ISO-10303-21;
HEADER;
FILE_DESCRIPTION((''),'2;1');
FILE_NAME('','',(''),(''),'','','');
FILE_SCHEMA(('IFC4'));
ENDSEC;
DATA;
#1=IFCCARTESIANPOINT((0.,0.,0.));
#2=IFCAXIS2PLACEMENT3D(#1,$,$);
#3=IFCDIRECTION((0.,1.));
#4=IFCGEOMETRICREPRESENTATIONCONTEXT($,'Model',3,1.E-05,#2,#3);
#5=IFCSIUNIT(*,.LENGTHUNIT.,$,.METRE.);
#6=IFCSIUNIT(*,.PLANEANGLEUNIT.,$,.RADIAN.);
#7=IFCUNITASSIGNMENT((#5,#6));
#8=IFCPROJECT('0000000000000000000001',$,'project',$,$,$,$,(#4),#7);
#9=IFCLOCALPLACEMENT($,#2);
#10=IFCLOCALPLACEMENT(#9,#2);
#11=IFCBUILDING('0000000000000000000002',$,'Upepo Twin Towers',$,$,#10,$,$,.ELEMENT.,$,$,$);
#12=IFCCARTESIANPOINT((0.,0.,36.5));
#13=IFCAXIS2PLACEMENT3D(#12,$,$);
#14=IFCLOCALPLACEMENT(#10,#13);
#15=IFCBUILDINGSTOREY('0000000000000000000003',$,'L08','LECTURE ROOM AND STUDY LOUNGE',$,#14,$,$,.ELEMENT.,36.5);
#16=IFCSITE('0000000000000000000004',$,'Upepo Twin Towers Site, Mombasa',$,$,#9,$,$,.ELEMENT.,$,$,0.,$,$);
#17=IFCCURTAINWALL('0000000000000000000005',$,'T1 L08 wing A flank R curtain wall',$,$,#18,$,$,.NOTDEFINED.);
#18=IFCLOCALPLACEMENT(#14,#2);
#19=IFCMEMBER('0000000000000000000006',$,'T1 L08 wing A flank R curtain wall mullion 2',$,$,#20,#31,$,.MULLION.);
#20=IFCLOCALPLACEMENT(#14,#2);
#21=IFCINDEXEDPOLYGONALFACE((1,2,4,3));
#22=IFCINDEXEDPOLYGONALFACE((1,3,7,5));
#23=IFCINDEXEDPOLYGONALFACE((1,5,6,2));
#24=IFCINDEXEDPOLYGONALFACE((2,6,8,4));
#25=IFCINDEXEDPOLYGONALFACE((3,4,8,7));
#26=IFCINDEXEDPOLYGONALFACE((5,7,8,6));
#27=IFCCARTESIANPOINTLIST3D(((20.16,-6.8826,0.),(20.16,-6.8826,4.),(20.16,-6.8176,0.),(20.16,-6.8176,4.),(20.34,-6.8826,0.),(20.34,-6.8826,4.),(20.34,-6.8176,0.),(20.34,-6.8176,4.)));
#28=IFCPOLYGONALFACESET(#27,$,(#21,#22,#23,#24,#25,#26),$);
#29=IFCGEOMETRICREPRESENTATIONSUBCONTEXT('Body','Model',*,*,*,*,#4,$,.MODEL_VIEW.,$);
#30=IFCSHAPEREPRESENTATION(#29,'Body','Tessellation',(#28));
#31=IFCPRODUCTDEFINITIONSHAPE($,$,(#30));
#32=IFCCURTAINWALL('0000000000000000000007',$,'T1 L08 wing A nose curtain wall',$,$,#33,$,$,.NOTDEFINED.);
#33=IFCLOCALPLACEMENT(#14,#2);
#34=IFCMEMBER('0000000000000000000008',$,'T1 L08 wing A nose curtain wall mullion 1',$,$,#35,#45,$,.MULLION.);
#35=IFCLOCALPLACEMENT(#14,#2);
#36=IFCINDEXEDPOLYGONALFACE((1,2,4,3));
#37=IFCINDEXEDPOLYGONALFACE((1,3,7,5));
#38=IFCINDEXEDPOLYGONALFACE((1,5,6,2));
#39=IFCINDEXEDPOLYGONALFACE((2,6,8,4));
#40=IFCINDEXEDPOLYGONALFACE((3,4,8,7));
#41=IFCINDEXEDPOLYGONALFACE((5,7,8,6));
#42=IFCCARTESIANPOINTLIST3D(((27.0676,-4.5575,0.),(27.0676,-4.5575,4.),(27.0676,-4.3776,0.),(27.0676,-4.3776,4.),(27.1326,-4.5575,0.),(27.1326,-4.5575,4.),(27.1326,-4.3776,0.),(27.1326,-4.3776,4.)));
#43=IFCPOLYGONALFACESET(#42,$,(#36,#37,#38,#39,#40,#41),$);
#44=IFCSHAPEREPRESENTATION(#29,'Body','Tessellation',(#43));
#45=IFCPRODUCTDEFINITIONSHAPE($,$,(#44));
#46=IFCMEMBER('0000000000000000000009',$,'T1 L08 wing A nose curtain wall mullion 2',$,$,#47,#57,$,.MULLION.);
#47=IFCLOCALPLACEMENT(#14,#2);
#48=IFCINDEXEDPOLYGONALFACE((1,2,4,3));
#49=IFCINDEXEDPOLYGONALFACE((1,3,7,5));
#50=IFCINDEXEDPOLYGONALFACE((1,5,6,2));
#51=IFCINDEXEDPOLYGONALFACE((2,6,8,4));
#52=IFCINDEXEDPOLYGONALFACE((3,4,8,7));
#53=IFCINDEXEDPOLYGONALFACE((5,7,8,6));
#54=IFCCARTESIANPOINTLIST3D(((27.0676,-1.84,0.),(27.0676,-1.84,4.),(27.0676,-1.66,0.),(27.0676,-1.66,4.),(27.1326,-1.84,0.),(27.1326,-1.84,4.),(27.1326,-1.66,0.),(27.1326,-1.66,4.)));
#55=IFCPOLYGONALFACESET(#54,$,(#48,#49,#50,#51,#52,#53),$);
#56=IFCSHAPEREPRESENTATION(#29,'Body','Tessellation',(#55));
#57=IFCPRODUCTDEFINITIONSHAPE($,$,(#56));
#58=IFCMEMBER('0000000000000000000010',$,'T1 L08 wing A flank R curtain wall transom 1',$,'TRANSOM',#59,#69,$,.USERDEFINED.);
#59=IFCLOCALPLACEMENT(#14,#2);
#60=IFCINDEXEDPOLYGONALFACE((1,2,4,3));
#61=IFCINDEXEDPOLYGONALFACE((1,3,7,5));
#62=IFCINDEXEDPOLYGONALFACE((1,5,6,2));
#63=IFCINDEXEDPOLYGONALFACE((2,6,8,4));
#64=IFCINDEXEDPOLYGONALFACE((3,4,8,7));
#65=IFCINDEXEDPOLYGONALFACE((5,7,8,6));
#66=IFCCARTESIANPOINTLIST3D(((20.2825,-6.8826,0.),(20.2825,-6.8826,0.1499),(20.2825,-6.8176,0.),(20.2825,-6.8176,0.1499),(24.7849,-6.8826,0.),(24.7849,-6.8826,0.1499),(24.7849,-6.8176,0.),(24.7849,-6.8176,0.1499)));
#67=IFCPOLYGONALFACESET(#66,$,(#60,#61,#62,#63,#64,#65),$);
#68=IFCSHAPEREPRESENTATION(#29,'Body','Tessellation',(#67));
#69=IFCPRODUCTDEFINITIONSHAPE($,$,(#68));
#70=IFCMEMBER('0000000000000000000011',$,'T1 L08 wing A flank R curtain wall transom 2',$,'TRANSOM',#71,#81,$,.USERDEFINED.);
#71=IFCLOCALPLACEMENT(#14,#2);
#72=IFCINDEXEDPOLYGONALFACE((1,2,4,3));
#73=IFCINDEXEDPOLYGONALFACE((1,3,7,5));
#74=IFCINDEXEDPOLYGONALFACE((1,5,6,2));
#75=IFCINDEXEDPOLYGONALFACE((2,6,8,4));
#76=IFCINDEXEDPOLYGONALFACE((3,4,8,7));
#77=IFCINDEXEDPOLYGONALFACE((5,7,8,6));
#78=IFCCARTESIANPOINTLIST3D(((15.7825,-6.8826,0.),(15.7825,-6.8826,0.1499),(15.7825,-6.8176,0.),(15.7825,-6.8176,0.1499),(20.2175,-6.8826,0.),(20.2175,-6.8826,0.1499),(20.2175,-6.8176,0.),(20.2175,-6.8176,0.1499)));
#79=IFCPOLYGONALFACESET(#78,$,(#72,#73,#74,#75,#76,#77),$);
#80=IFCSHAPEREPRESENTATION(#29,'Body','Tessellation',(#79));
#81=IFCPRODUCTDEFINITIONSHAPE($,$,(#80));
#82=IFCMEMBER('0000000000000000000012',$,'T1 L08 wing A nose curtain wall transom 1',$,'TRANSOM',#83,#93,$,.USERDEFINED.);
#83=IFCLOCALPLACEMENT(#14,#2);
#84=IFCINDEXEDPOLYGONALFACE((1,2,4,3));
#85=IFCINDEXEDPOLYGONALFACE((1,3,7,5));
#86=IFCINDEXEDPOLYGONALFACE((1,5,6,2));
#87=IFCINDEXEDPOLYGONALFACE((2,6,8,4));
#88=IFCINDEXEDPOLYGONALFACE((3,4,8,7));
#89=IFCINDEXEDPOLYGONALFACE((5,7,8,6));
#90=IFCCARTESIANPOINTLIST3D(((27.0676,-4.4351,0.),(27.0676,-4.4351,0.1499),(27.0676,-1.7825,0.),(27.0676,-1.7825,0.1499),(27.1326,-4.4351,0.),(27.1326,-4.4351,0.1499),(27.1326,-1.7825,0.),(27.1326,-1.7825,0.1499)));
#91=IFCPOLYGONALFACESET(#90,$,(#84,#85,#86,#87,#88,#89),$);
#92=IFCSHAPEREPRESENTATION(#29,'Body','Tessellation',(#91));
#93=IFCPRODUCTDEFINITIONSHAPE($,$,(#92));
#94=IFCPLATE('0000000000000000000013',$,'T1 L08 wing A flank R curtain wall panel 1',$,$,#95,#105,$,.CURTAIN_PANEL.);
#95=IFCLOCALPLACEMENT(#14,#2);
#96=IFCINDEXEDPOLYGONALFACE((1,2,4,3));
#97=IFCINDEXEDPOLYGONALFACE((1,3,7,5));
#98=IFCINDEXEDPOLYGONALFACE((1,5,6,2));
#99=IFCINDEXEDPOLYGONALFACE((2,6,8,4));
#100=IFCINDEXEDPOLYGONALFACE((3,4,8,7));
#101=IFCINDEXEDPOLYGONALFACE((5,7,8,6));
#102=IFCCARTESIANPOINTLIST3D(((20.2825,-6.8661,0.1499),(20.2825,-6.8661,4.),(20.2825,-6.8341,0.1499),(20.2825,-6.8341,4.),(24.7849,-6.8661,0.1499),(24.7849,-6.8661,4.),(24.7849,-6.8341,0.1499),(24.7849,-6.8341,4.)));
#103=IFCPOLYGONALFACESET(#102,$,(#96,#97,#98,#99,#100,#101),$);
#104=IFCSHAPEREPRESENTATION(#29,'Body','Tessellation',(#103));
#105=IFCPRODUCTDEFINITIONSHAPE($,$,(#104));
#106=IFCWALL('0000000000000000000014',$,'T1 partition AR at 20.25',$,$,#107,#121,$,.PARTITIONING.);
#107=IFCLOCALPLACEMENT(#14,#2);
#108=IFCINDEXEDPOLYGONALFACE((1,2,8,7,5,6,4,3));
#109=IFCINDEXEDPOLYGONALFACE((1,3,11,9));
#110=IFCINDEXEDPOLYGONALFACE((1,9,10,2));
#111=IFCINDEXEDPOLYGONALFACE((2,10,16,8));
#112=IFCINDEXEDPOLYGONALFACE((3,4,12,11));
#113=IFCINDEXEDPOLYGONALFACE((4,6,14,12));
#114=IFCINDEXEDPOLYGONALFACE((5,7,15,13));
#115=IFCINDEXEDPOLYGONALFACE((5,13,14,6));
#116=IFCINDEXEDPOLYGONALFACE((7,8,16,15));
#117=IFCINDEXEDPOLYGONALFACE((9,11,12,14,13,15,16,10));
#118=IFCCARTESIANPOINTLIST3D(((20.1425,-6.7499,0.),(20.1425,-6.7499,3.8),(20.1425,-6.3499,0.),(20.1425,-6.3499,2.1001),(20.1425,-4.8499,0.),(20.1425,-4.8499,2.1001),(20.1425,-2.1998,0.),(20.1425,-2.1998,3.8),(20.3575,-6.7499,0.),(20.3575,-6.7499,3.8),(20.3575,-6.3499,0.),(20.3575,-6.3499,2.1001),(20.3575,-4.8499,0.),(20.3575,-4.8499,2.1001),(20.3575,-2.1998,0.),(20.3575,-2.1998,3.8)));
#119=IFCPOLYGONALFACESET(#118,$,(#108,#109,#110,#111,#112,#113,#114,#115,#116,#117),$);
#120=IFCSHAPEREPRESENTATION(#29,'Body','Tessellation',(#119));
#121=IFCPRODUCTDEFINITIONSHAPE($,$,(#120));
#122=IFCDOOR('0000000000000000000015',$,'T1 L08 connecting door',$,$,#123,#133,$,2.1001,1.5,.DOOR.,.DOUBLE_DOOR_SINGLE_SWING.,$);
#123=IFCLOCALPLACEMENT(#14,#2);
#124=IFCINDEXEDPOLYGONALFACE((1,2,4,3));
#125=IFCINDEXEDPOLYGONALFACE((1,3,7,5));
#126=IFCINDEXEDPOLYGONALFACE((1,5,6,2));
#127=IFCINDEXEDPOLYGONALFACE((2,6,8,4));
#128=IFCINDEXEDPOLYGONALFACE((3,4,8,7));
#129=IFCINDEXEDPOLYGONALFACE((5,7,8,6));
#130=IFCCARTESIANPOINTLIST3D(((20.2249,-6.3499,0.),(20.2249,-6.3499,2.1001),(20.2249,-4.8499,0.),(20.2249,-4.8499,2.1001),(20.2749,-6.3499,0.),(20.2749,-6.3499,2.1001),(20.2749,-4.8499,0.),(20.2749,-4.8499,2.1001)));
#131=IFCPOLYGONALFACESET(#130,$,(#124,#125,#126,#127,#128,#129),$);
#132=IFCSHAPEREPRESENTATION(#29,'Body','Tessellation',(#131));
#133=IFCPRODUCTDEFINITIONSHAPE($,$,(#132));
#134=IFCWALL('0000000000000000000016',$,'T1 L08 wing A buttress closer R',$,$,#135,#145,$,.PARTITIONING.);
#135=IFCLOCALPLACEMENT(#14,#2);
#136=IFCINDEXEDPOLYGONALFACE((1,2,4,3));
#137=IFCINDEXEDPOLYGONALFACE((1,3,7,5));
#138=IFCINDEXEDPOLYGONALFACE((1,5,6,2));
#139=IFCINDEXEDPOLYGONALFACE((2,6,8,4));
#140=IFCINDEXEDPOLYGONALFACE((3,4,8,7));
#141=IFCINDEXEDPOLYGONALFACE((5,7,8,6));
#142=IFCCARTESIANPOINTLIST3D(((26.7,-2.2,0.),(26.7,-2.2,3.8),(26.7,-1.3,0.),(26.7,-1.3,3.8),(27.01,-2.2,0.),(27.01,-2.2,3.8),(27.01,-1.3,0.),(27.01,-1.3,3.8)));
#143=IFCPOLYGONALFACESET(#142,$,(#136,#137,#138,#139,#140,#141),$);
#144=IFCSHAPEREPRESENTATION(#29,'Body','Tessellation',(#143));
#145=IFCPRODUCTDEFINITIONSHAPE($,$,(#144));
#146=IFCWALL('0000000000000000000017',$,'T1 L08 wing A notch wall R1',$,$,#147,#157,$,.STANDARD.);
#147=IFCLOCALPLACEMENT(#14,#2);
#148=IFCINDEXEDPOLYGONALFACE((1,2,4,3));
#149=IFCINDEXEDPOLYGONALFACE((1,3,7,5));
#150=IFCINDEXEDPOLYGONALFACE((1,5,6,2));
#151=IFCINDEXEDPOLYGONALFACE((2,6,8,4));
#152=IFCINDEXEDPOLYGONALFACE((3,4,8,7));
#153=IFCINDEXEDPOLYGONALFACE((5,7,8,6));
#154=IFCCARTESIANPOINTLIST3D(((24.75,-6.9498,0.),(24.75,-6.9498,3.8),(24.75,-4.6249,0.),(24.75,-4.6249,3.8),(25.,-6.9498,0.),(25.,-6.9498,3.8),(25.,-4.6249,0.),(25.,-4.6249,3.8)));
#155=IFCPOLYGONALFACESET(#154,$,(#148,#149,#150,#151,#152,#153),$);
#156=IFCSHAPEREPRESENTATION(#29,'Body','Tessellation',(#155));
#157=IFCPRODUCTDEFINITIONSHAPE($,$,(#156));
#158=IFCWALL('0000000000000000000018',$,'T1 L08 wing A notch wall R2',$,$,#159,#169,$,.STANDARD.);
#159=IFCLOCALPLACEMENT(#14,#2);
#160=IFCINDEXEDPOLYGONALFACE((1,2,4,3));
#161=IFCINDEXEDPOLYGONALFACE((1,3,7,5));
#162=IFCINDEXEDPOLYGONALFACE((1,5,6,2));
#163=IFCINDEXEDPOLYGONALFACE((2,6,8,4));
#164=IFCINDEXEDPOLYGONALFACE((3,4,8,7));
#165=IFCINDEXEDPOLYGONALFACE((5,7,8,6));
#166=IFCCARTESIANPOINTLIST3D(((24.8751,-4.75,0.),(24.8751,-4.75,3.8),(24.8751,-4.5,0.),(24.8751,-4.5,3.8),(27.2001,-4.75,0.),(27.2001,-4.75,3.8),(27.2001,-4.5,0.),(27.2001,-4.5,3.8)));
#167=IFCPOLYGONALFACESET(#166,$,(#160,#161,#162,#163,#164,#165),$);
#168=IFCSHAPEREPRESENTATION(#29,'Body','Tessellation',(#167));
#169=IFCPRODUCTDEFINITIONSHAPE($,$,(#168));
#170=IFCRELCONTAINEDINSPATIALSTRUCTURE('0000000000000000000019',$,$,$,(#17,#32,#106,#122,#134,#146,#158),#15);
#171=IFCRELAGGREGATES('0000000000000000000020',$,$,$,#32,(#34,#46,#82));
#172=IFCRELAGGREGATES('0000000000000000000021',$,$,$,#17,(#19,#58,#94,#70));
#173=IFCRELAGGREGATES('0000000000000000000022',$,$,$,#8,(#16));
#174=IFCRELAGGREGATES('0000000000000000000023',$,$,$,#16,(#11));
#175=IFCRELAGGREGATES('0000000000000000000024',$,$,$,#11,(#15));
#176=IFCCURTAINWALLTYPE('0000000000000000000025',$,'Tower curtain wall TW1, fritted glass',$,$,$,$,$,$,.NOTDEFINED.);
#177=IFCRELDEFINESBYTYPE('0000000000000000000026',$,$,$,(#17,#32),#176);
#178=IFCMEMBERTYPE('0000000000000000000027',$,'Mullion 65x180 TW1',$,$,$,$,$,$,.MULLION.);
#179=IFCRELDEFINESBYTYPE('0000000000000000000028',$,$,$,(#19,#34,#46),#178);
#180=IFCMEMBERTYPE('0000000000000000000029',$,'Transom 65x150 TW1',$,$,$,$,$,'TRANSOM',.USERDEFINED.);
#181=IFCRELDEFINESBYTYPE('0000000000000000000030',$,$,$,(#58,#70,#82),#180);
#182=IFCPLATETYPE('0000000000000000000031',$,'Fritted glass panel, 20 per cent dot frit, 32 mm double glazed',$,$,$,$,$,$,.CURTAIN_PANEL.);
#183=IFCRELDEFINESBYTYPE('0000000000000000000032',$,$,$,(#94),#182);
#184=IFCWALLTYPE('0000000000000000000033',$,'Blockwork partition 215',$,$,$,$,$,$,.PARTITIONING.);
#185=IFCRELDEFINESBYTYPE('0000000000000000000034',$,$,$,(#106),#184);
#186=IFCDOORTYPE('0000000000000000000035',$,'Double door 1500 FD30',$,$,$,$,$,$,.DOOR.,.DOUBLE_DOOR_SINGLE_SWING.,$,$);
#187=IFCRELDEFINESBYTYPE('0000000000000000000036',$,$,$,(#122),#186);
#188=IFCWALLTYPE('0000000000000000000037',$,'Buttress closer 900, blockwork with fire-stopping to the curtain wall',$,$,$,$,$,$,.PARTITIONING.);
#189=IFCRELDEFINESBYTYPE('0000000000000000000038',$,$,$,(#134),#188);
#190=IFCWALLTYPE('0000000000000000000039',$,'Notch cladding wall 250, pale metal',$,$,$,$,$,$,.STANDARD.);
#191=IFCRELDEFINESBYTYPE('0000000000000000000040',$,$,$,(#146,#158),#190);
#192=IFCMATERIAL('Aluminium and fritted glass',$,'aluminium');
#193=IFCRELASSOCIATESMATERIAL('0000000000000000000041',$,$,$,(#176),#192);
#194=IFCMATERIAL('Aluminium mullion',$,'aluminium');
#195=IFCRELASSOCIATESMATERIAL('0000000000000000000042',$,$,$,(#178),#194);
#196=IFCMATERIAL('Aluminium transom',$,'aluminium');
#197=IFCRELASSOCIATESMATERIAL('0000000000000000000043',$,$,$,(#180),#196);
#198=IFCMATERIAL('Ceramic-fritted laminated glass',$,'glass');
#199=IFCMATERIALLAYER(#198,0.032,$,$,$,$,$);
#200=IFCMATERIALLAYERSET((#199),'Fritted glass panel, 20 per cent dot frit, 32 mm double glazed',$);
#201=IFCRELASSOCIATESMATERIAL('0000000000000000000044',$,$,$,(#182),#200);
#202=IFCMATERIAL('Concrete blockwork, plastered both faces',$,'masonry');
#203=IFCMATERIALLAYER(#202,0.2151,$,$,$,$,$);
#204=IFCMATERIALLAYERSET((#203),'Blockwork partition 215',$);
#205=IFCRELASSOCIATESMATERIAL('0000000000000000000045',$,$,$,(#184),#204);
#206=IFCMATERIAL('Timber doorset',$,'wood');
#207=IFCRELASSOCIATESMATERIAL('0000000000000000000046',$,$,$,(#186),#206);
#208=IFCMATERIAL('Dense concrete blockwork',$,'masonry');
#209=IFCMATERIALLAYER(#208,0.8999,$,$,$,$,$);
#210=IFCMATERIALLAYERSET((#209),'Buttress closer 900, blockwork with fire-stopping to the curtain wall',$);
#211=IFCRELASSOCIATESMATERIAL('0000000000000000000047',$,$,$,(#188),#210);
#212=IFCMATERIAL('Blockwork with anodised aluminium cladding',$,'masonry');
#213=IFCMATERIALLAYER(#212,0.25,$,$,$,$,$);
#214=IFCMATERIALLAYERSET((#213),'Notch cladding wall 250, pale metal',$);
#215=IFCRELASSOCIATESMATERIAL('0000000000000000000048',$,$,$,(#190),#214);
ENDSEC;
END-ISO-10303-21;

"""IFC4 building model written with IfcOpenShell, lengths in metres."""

from ifc_helpers import new_model, si_unit, direction, frame, frame_2d, origin, origin_2d, place, context, subcontext, project, spatial, rectangle, extrude, material, layer, layer_set, material_profile, profile_set, type_object, element, fill, aggregate, save


model = new_model("IFC4")

# Units and contexts
model_context = context("Model", 3, precision=1e-05, world=origin(), true_north=direction((0.0, 1.0)))
body_context = subcontext(model_context, "Body", "Model", "MODEL_VIEW")
ifc_project = project(units=[si_unit("LENGTHUNIT", "METRE"), si_unit("PLANEANGLEUNIT", "RADIAN")], contexts=[model_context])

# Site, building, storey
site_placement = place(None, origin())
site = spatial("IfcSite", under=ifc_project, at=site_placement, Name="Upepo Twin Towers Site, Mombasa", CompositionType="ELEMENT", RefElevation=0.0)
building_placement = place(site_placement, origin())
building = spatial("IfcBuilding", under=site, at=building_placement, Name="Upepo Twin Towers", CompositionType="ELEMENT")
storey_placement = place(building_placement, frame((0.0, 0.0, 36.5)))
storey = spatial("IfcBuildingStorey", under=building, at=storey_placement, Name="L08", Description="LECTURE ROOM AND STUDY LOUNGE", CompositionType="ELEMENT", Elevation=36.5)

# Curtain walls, members
ifc_material_1 = material(Name="Aluminium and fritted glass", Category="aluminium")
curtain_wall_type = type_object("IfcCurtainWallType", Name="Tower curtain wall TW1, fritted glass", PredefinedType="NOTDEFINED", material=ifc_material_1)
curtain_wall_1_placement = place(storey_placement, origin())
curtain_wall_1 = element("IfcCurtainWall", 1, at=curtain_wall_1_placement, inside=storey, type_object=curtain_wall_type, Name="T1 L08 wing A flank R curtain wall", PredefinedType="NOTDEFINED")
ifc_material_2 = material(Name="Aluminium mullion", Category="aluminium")
ifc_material_profile_1 = material_profile(ifc_material_2, rectangle(XDim=0.0649, YDim=0.1799, at=origin_2d()), Name="MULLION 65x180")
ifc_profile_set_1 = profile_set([ifc_material_profile_1], Name="Aluminium mullion")
member_type_1 = type_object("IfcMemberType", Name="Mullion 65x180 TW1", PredefinedType="MULLION", material=ifc_profile_set_1)
member_1_placement = place(storey_placement, frame((20.25, -6.8501, 0.0), z_axis=(0.0, 0.0, 1.0), x_axis=(0.0, -1.0, 0.0)))
member_1 = element("IfcMember", 2, at=member_1_placement, type_object=member_type_1, Name="T1 L08 wing A flank R curtain wall mullion 2", PredefinedType="MULLION", context=body_context, shape_type="SweptSolid", body=[
    extrude(rectangle(XDim=0.0649, YDim=0.1799, at=origin_2d()), origin(), (0.0, 0.0, 1.0), 4.0),
])
curtain_wall_2_placement = place(storey_placement, origin())
curtain_wall_2 = element("IfcCurtainWall", 3, at=curtain_wall_2_placement, inside=storey, type_object=curtain_wall_type, Name="T1 L08 wing A nose curtain wall", PredefinedType="NOTDEFINED")
member_2_placement = place(storey_placement, frame((27.1001, -4.4675, 0.0), z_axis=(0.0, 0.0, 1.0), x_axis=(-1.0, 0.0, 0.0)))
member_2 = element("IfcMember", 4, at=member_2_placement, type_object=member_type_1, Name="T1 L08 wing A nose curtain wall mullion 1", PredefinedType="MULLION", context=body_context, shape_type="SweptSolid", body=[
    extrude(rectangle(XDim=0.0649, YDim=0.1799, at=origin_2d()), origin(), (0.0, 0.0, 1.0), 4.0),
])
member_3_placement = place(storey_placement, frame((27.1001, -1.75, 0.0), z_axis=(0.0, 0.0, 1.0), x_axis=(-1.0, 0.0, 0.0)))
member_3 = element("IfcMember", 5, at=member_3_placement, type_object=member_type_1, Name="T1 L08 wing A nose curtain wall mullion 2", PredefinedType="MULLION", context=body_context, shape_type="SweptSolid", body=[
    extrude(rectangle(XDim=0.0649, YDim=0.1799, at=origin_2d()), origin(), (0.0, 0.0, 1.0), 4.0),
])

# Members
ifc_material_3 = material(Name="Aluminium transom", Category="aluminium")
ifc_material_profile_2 = material_profile(ifc_material_3, rectangle(XDim=0.0649, YDim=0.1499, at=origin_2d()), Name="TRANSOM 65x150")
ifc_profile_set_2 = profile_set([ifc_material_profile_2], Name="Aluminium transom")
member_type_2 = type_object("IfcMemberType", Name="Transom 65x150 TW1", ElementType="TRANSOM", PredefinedType="USERDEFINED", material=ifc_profile_set_2)
member_4_placement = place(storey_placement, frame((24.7849, -6.8501, 0.075), z_axis=(-1.0, 0.0, 0.0), x_axis=(0.0, -1.0, 0.0)))
member_4 = element("IfcMember", 6, at=member_4_placement, type_object=member_type_2, Name="T1 L08 wing A flank R curtain wall transom 1", ObjectType="TRANSOM", PredefinedType="USERDEFINED", context=body_context, shape_type="SweptSolid", body=[
    extrude(rectangle(XDim=0.0649, YDim=0.1499, at=origin_2d()), origin(), (0.0, 0.0, 1.0), 4.5024),
])
member_5_placement = place(storey_placement, frame((20.2175, -6.8501, 0.075), z_axis=(-1.0, 0.0, 0.0), x_axis=(0.0, -1.0, 0.0)))
member_5 = element("IfcMember", 7, at=member_5_placement, type_object=member_type_2, Name="T1 L08 wing A flank R curtain wall transom 2", ObjectType="TRANSOM", PredefinedType="USERDEFINED", context=body_context, shape_type="SweptSolid", body=[
    extrude(rectangle(XDim=0.0649, YDim=0.1499, at=origin_2d()), origin(), (0.0, 0.0, 1.0), 4.4351),
])
member_6_placement = place(storey_placement, frame((27.1001, -4.4351, 0.075), z_axis=(0.0, 1.0, 0.0), x_axis=(-1.0, 0.0, 0.0)))
member_6 = element("IfcMember", 8, at=member_6_placement, type_object=member_type_2, Name="T1 L08 wing A nose curtain wall transom 1", ObjectType="TRANSOM", PredefinedType="USERDEFINED", context=body_context, shape_type="SweptSolid", body=[
    extrude(rectangle(XDim=0.0649, YDim=0.1499, at=origin_2d()), origin(), (0.0, 0.0, 1.0), 2.6526),
])
aggregate(curtain_wall_2, [member_2, member_3, member_6])

# Plate
ifc_material_4 = material(Name="Ceramic-fritted laminated glass", Category="glass")
ifc_layer_1 = layer(ifc_material_4, 0.032)
ifc_layer_set_1 = layer_set([ifc_layer_1], Name="Fritted glass panel, 20 per cent dot frit, 32 mm double glazed")
plate_type = type_object("IfcPlateType", Name="Fritted glass panel, 20 per cent dot frit, 32 mm double glazed", PredefinedType="CURTAIN_PANEL", material=ifc_layer_set_1)
plate_placement = place(storey_placement, frame((22.5337, -6.8501, 0.1499), z_axis=(0.0, 0.0, 1.0), x_axis=(-1.0, 0.0, 0.0)))
plate = element("IfcPlate", 9, at=plate_placement, type_object=plate_type, Name="T1 L08 wing A flank R curtain wall panel 1", PredefinedType="CURTAIN_PANEL", context=body_context, shape_type="SweptSolid", body=[
    extrude(rectangle(XDim=4.5024, YDim=0.032, at=origin_2d()), origin(), (0.0, 0.0, 1.0), 3.8501),
])
aggregate(curtain_wall_1, [member_1, member_4, plate, member_5])

# Wall, opening, door
ifc_material_5 = material(Name="Concrete blockwork, plastered both faces", Category="masonry")
ifc_layer_2 = layer(ifc_material_5, 0.2151)
ifc_layer_set_2 = layer_set([ifc_layer_2], Name="Blockwork partition 215")
wall_type_1 = type_object("IfcWallType", Name="Blockwork partition 215", PredefinedType="PARTITIONING", material=ifc_layer_set_2)
wall_1_placement = place(storey_placement, frame((20.25, -2.2, 0.0), z_axis=(0.0, 0.0, 1.0), x_axis=(0.0, -1.0, 0.0)))
wall_1 = element("IfcWall", 10, at=wall_1_placement, inside=storey, type_object=wall_type_1, Name="T1 partition AR at 20.25", PredefinedType="PARTITIONING", context=body_context, shape_type="SweptSolid", body=[
    extrude(rectangle(XDim=4.55, YDim=0.2151, at=frame_2d((2.2749, 0.0))), origin(), (0.0, 0.0, 1.0), 3.8),
])
opening_placement = place(wall_1_placement, frame((2.6499, 0.0, 0.0)))
opening = element("IfcOpeningElement", 11, at=opening_placement, cuts=wall_1, PredefinedType="OPENING", context=body_context, shape_type="SweptSolid", body=[
    extrude(rectangle(XDim=1.5, YDim=2.1001, at=frame_2d((0.75, 1.05))), frame((0.0, 0.1174, 0.0), z_axis=(0.0, -1.0, 0.0), x_axis=(1.0, 0.0, 0.0)), (0.0, 0.0, 1.0), 0.2351),
])
ifc_material_6 = material(Name="Timber doorset", Category="wood")
door_type = type_object("IfcDoorType", Name="Double door 1500 FD30", OperationType="DOUBLE_DOOR_SINGLE_SWING", PredefinedType="DOOR", material=ifc_material_6)
door_placement = place(opening_placement, origin())
door = element("IfcDoor", 12, at=door_placement, inside=storey, type_object=door_type, Name="T1 L08 connecting door", OperationType="DOUBLE_DOOR_SINGLE_SWING", OverallHeight=2.1001, OverallWidth=1.5, PredefinedType="DOOR", context=body_context, shape_type="SweptSolid", body=[
    extrude(rectangle(XDim=1.5, YDim=2.1001, at=frame_2d((0.75, 1.05))), frame((0.0, 0.0249, 0.0), z_axis=(0.0, -1.0, 0.0), x_axis=(1.0, 0.0, 0.0)), (0.0, 0.0, 1.0), 0.05),
])
fill(opening, door)

# Walls
ifc_material_7 = material(Name="Dense concrete blockwork", Category="masonry")
ifc_layer_3 = layer(ifc_material_7, 0.8999)
ifc_layer_set_3 = layer_set([ifc_layer_3], Name="Buttress closer 900, blockwork with fire-stopping to the curtain wall")
wall_type_2 = type_object("IfcWallType", Name="Buttress closer 900, blockwork with fire-stopping to the curtain wall", PredefinedType="PARTITIONING", material=ifc_layer_set_3)
wall_2_placement = place(storey_placement, frame((26.7, -1.75, 0.0), z_axis=(0.0, 0.0, 1.0), x_axis=(1.0, 0.0, 0.0)))
element("IfcWall", 13, at=wall_2_placement, inside=storey, type_object=wall_type_2, Name="T1 L08 wing A buttress closer R", PredefinedType="PARTITIONING", context=body_context, shape_type="SweptSolid", body=[
    extrude(rectangle(XDim=0.3101, YDim=0.8999, at=frame_2d((0.155, 0.0))), origin(), (0.0, 0.0, 1.0), 3.8),
])
ifc_material_8 = material(Name="Blockwork with anodised aluminium cladding", Category="masonry")
ifc_layer_4 = layer(ifc_material_8, 0.25)
ifc_layer_set_4 = layer_set([ifc_layer_4], Name="Notch cladding wall 250, pale metal")
wall_type_3 = type_object("IfcWallType", Name="Notch cladding wall 250, pale metal", PredefinedType="STANDARD", material=ifc_layer_set_4)
for number, where, z_axis, x_axis, name in (
    (14, (24.875, -6.95, 0.0), (0.0, 0.0, 1.0), (0.0, 1.0, 0.0), "T1 L08 wing A notch wall R1"),
    (15, (24.875, -4.625, 0.0), (0.0, 0.0, 1.0), (1.0, 0.0, 0.0), "T1 L08 wing A notch wall R2"),
):
    element("IfcWall", number, at=place(storey_placement, frame(where, z_axis=z_axis, x_axis=x_axis)), inside=storey, type_object=wall_type_3, Name=name, PredefinedType="STANDARD", context=body_context, shape_type="SweptSolid", body=[
        extrude(rectangle(XDim=2.325, YDim=0.25, at=frame_2d((1.1626, 0.0))), origin(), (0.0, 0.0, 1.0), 3.8),
    ])

save(model, "model.ifc")
